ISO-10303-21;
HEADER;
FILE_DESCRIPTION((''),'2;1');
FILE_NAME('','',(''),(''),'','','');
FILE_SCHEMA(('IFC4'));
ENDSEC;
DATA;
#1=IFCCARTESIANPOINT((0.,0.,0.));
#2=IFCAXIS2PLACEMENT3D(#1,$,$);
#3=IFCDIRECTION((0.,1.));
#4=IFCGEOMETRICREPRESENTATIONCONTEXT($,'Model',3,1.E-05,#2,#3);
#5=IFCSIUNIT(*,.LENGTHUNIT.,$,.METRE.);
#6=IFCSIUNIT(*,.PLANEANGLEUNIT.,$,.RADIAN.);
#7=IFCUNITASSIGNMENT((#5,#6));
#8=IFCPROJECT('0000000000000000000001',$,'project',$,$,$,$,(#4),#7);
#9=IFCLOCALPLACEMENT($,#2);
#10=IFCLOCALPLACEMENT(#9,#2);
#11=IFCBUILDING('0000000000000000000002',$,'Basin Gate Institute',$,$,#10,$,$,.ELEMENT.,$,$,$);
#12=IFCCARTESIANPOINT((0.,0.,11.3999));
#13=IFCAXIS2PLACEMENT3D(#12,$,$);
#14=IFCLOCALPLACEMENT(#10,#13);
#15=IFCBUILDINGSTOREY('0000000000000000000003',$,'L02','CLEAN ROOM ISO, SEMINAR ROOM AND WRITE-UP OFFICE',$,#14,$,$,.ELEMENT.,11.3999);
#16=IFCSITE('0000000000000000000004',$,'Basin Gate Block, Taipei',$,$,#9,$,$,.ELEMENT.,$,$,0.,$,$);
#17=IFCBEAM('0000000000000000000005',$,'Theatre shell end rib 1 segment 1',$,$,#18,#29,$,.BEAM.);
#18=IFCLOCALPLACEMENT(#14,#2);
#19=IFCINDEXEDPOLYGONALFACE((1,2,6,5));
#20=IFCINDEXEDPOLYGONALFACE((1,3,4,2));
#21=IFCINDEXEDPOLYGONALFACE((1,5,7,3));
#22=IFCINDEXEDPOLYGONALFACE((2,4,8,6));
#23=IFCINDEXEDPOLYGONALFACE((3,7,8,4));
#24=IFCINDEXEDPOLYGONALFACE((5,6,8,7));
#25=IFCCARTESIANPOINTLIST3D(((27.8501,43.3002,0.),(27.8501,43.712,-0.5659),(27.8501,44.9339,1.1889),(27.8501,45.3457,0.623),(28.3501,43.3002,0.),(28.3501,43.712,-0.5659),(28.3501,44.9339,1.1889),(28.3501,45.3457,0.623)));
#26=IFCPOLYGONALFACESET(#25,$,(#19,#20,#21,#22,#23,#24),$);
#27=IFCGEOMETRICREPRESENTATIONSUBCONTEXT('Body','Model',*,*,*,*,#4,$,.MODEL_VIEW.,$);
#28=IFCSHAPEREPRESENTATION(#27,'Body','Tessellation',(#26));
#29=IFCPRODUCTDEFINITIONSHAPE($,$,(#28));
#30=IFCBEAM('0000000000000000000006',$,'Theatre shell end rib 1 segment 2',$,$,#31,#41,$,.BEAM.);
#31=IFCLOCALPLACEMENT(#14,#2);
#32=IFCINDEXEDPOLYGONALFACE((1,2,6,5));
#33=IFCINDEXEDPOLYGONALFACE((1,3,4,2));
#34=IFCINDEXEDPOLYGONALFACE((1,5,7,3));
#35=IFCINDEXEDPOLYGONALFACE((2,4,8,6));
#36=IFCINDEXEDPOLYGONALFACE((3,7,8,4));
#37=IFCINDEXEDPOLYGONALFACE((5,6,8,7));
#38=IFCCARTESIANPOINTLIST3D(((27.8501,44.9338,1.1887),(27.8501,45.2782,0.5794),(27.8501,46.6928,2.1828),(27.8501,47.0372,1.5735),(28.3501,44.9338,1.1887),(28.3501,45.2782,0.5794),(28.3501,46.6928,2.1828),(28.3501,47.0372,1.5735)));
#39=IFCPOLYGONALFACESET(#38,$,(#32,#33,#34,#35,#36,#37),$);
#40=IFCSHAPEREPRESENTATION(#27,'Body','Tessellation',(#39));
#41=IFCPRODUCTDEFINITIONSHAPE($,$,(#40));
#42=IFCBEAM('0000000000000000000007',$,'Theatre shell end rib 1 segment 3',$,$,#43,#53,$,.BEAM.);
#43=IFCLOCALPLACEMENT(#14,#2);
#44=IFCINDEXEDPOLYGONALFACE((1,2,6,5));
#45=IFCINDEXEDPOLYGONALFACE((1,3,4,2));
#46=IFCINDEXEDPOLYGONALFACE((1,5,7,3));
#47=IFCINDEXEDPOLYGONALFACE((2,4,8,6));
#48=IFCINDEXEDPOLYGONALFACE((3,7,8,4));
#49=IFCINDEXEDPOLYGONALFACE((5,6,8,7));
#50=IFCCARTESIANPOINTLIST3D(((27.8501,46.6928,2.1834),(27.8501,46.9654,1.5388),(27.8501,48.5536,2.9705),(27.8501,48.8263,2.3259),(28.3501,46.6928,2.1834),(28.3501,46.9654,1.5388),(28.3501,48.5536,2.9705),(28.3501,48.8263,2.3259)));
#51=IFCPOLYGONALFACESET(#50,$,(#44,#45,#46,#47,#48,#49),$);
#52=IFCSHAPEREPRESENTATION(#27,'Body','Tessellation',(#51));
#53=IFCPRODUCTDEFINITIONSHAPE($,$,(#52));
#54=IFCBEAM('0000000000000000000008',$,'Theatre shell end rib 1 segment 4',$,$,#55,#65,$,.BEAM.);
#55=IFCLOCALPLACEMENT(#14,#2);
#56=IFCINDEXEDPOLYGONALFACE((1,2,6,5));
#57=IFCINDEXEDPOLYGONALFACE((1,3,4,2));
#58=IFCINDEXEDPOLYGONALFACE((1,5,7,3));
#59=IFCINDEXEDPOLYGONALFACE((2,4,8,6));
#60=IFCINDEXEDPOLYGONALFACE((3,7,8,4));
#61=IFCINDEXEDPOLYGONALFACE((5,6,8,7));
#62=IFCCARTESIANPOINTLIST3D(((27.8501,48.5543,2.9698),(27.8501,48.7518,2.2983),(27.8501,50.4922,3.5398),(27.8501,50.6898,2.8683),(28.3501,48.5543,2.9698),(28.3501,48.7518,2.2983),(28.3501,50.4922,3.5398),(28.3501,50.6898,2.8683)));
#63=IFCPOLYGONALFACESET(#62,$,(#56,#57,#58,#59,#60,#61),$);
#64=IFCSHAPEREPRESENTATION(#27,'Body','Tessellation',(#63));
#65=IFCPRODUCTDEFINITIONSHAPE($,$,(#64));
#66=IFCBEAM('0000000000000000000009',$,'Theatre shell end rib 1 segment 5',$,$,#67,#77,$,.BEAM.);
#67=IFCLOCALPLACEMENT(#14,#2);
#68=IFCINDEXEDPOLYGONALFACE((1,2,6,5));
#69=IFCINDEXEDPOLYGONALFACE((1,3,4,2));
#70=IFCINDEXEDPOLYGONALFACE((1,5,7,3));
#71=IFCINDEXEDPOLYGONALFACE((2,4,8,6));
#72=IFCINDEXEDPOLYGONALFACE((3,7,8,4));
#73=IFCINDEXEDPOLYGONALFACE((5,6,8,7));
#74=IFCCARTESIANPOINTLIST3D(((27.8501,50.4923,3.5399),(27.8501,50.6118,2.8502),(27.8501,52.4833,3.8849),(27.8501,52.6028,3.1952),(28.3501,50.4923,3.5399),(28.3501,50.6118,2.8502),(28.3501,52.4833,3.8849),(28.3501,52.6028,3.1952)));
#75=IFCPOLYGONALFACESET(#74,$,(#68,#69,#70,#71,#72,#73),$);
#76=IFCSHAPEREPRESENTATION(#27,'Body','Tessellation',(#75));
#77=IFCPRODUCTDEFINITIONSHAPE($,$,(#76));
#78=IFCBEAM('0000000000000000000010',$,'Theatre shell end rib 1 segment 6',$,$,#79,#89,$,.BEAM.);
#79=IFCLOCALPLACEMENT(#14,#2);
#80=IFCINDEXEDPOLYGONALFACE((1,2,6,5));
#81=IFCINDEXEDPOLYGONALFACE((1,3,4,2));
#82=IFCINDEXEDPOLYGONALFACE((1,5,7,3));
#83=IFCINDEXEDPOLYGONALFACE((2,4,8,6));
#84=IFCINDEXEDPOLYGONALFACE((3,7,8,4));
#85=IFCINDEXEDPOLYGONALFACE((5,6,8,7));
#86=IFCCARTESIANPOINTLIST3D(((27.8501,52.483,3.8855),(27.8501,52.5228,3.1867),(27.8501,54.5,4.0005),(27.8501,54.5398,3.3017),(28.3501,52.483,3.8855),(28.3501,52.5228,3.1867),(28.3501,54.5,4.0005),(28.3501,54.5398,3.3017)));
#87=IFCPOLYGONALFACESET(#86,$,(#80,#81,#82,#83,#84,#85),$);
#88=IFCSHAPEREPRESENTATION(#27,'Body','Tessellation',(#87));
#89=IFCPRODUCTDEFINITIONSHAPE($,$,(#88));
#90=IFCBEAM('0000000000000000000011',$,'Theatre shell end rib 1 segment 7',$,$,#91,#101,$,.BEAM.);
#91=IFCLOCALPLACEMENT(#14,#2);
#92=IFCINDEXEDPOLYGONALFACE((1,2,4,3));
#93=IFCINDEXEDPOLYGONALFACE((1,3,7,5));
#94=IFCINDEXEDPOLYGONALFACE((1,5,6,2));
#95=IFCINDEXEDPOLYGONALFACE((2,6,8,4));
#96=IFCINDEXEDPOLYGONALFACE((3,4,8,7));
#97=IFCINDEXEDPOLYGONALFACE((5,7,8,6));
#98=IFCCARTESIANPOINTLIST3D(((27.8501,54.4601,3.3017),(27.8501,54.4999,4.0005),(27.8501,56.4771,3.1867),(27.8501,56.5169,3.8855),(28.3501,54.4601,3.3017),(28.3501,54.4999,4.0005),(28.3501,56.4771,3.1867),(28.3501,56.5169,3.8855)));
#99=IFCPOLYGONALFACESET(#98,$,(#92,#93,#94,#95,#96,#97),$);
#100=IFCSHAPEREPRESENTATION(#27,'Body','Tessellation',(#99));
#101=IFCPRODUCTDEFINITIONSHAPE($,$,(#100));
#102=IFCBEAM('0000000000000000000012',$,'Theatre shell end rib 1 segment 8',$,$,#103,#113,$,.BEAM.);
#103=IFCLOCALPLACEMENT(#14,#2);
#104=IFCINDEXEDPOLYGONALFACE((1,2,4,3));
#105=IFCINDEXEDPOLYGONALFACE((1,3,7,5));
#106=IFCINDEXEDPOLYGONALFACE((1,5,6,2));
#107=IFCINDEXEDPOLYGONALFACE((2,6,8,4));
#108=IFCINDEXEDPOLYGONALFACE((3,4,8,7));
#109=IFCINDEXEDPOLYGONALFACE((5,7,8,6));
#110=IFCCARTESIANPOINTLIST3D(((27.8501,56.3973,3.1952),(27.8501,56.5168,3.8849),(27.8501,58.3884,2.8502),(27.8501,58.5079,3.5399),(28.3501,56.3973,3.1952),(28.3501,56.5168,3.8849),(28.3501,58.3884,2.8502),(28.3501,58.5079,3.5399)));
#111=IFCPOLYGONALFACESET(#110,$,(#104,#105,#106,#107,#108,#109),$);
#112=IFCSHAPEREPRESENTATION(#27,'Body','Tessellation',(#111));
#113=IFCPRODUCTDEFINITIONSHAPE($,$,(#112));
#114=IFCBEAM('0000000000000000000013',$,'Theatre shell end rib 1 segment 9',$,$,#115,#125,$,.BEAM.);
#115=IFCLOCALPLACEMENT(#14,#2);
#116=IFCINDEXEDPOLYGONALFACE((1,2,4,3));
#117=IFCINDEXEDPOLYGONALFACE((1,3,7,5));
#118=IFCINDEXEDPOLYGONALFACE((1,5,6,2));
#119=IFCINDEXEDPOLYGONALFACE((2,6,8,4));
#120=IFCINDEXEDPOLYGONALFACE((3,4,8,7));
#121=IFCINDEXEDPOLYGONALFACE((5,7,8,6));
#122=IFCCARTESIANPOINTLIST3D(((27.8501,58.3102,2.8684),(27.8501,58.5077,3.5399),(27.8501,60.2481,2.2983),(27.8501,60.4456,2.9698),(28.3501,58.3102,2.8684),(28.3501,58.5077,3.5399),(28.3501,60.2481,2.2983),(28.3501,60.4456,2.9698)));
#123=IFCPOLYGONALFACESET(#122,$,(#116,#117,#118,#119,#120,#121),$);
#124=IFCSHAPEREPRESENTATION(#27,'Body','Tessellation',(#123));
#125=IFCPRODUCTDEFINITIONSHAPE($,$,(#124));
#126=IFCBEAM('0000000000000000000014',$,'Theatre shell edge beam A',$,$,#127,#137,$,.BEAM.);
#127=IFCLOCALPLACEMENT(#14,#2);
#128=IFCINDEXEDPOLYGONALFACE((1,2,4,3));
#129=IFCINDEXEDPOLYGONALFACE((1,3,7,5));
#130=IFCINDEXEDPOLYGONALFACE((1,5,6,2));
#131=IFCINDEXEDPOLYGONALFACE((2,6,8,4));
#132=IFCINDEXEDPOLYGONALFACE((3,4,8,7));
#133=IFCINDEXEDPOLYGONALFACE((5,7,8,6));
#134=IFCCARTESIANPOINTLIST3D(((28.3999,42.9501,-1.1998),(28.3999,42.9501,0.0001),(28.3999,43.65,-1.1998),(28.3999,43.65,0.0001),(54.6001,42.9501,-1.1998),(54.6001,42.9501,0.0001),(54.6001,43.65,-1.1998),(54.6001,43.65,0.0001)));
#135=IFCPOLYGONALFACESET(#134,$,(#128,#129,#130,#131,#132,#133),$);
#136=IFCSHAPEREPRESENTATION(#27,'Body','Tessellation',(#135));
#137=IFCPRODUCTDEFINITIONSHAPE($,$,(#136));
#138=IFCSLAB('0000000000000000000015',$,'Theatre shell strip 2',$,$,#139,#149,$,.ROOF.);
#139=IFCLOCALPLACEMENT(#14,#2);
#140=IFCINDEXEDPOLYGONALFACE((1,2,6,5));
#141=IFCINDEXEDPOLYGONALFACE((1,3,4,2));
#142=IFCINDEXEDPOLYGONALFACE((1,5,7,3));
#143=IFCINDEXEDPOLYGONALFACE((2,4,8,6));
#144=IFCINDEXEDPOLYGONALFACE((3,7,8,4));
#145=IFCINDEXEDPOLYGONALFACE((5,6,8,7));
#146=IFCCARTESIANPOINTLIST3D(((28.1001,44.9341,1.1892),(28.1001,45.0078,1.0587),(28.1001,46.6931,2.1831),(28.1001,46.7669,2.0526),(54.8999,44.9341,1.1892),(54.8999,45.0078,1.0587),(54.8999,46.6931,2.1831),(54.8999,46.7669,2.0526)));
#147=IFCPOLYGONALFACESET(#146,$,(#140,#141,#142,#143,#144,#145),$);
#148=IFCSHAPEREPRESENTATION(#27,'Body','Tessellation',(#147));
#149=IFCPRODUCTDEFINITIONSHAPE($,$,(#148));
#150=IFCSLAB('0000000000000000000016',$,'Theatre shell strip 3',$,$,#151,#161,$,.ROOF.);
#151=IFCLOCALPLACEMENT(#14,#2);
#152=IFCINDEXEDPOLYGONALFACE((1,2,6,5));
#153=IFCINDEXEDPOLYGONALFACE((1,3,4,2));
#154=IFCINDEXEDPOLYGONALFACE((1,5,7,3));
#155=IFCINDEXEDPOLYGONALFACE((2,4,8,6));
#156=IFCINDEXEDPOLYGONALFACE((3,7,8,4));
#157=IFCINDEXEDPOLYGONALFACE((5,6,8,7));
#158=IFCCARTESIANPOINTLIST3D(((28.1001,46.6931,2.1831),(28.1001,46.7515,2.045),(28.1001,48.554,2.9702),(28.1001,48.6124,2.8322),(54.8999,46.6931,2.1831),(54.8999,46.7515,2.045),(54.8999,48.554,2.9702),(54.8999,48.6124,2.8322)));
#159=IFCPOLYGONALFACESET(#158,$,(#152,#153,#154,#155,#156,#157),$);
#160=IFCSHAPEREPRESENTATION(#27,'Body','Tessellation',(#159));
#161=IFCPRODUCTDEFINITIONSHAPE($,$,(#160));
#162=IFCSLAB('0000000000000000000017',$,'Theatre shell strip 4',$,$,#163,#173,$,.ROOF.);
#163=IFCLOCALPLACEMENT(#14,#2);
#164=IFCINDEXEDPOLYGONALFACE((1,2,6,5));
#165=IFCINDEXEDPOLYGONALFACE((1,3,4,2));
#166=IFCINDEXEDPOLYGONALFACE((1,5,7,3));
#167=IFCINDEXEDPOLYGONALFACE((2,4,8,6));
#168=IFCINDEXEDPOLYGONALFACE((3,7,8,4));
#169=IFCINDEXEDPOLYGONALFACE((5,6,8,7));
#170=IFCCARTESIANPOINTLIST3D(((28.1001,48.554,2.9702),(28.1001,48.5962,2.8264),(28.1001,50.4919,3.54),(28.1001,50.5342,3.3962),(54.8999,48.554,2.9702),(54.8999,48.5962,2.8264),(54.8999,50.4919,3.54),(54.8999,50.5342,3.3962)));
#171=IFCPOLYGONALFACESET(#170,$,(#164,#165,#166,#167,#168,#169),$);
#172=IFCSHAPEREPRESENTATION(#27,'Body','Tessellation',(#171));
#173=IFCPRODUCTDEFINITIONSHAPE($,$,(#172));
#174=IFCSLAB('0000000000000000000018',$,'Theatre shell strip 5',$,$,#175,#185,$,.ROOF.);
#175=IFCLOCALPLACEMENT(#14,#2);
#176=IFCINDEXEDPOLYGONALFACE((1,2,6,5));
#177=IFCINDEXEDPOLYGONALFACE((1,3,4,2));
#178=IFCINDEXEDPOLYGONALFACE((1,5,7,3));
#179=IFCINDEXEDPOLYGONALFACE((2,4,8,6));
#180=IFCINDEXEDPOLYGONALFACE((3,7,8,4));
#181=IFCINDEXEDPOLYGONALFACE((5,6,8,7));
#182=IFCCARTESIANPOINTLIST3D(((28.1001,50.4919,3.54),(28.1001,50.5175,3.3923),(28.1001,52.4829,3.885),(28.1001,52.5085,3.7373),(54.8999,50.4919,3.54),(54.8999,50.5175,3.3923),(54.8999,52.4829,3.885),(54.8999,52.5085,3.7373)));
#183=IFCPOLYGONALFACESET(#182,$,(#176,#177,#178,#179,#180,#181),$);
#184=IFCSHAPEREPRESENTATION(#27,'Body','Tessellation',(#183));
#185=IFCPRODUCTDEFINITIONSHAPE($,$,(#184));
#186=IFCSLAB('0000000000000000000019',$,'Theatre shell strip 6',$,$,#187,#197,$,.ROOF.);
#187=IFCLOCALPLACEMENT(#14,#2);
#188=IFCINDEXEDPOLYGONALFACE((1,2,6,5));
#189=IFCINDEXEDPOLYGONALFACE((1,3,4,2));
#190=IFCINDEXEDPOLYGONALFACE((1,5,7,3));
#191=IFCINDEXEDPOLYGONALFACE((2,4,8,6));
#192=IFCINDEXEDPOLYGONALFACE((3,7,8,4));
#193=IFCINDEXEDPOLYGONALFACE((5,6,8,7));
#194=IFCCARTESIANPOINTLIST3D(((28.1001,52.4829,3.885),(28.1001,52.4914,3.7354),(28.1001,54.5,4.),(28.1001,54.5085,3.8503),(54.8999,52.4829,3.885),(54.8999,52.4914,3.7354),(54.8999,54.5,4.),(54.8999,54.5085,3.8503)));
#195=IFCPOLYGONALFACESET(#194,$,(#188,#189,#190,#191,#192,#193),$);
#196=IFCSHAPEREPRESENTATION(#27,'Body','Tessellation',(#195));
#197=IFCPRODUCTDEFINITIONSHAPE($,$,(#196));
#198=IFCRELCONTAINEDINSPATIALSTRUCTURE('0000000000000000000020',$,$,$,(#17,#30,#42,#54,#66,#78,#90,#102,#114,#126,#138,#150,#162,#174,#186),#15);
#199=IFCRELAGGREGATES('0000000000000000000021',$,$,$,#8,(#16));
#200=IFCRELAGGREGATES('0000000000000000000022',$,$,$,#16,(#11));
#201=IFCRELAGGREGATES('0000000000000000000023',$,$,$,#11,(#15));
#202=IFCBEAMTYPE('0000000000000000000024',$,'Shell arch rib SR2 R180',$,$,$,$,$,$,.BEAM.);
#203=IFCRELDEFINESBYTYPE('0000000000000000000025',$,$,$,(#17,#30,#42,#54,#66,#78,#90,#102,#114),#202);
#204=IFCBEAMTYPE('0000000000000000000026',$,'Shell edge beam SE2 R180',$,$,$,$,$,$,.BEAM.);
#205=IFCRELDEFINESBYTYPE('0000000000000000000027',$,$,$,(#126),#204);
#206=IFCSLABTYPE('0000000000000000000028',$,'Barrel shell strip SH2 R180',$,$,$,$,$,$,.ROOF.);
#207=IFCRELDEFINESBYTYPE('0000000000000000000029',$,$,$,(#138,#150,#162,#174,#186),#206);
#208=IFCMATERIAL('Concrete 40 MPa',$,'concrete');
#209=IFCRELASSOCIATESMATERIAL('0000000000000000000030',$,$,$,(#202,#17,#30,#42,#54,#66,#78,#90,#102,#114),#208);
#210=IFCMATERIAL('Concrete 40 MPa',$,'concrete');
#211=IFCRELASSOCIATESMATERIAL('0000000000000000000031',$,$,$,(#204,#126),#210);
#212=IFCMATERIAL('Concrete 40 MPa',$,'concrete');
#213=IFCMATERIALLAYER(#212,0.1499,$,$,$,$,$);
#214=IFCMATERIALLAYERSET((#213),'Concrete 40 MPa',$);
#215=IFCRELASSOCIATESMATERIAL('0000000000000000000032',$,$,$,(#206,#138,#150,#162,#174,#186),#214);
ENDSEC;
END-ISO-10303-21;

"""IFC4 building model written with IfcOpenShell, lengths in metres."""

from ifc_helpers import new_model, si_unit, direction, frame, origin, origin_2d, place, context, subcontext, project, spatial, polyline, rectangle, outline, extrude, material, layer, layer_set, material_profile, profile_set, type_object, element, save


model = new_model("IFC4")

# Units and contexts
model_context = context("Model", 3, precision=1e-05, world=origin(), true_north=direction((0.0, 1.0)))
body_context = subcontext(model_context, "Body", "Model", "MODEL_VIEW")
ifc_project = project(units=[si_unit("LENGTHUNIT", "METRE"), si_unit("PLANEANGLEUNIT", "RADIAN")], contexts=[model_context])

# Site, building, storey
site_placement = place(None, origin())
site = spatial("IfcSite", under=ifc_project, at=site_placement, Name="Basin Gate Block, Taipei", CompositionType="ELEMENT", RefElevation=0.0)
building_placement = place(site_placement, origin())
building = spatial("IfcBuilding", under=site, at=building_placement, Name="Basin Gate Institute", CompositionType="ELEMENT")
storey_placement = place(building_placement, frame((0.0, 0.0, 11.3999)))
storey = spatial("IfcBuildingStorey", under=building, at=storey_placement, Name="L02", Description="CLEAN ROOM ISO, SEMINAR ROOM AND WRITE-UP OFFICE", CompositionType="ELEMENT", Elevation=11.3999)

# Beams
ifc_material_1 = material(Name="Concrete 40 MPa", Category="concrete")
ifc_material_profile_1 = material_profile(ifc_material_1, rectangle(XDim=0.5, YDim=0.7, at=origin_2d()), Name="Shell arch rib SR2 500 x 700")
ifc_profile_set_1 = profile_set([ifc_material_profile_1], Name="Concrete 40 MPa")
beam_type_1 = type_object("IfcBeamType", Name="Shell arch rib SR2 R180", PredefinedType="BEAM", material=ifc_profile_set_1)
for number, where, z_axis, x_axis, name in (
    (1, (28.1001, 43.5061, -0.283), (0.0, 0.808558, 0.588416), (-1.0, 0.0, 0.0), "Theatre shell end rib 1 segment 1"),
    (2, (28.1001, 45.106, 0.884), (0.0, 0.870583, 0.492021), (-1.0, 0.0, 0.0), "Theatre shell end rib 1 segment 2"),
    (3, (28.1001, 46.8291, 1.8611), (0.0, 0.920997, 0.389569), (-1.0, 0.0, 0.0), "Theatre shell end rib 1 segment 3"),
):
    element("IfcBeam", number, at=place(storey_placement, frame(where, z_axis=z_axis, x_axis=x_axis)), inside=storey, type_object=beam_type_1, material=ifc_profile_set_1, Name=name, PredefinedType="BEAM", context=body_context, shape_type="SweptSolid", body=[
        extrude(rectangle(XDim=0.5, YDim=0.7, at=origin_2d()), origin(), (0.0, 0.0, 1.0), 2.0205),
    ])
beam_1_placement = place(storey_placement, frame((28.1001, 48.6531, 2.634), z_axis=(0.0, 0.959356, 0.282199), x_axis=(-1.0, 0.0, 0.0)))
element("IfcBeam", 4, at=beam_1_placement, inside=storey, type_object=beam_type_1, material=ifc_profile_set_1, Name="Theatre shell end rib 1 segment 4", PredefinedType="BEAM", context=body_context, shape_type="SweptSolid", body=[
    extrude(rectangle(XDim=0.5, YDim=0.7, at=origin_2d()), origin(), (0.0, 0.0, 1.0), 2.02),
])
beam_2_placement = place(storey_placement, frame((28.1001, 50.552, 3.1951), z_axis=(0.0, 0.985319, 0.170724), x_axis=(-1.0, 0.0, 0.0)))
element("IfcBeam", 5, at=beam_2_placement, inside=storey, type_object=beam_type_1, material=ifc_profile_set_1, Name="Theatre shell end rib 1 segment 5", PredefinedType="BEAM", context=body_context, shape_type="SweptSolid", body=[
    extrude(rectangle(XDim=0.5, YDim=0.7, at=origin_2d()), origin(), (0.0, 0.0, 1.0), 2.0208),
])
for number, where, z_axis, x_axis, name in (
    (6, (28.1001, 52.5029, 3.5361), (0.0, 0.998379, 0.056916), (-1.0, 0.0, 0.0), "Theatre shell end rib 1 segment 6"),
    (7, (28.1001, 54.48, 3.6511), (0.0, 0.998379, -0.056916), (-1.0, 0.0, 0.0), "Theatre shell end rib 1 segment 7"),
):
    element("IfcBeam", number, at=place(storey_placement, frame(where, z_axis=z_axis, x_axis=x_axis)), inside=storey, type_object=beam_type_1, material=ifc_profile_set_1, Name=name, PredefinedType="BEAM", context=body_context, shape_type="SweptSolid", body=[
        extrude(rectangle(XDim=0.5, YDim=0.7, at=origin_2d()), origin(), (0.0, 0.0, 1.0), 2.0203),
    ])
beam_3_placement = place(storey_placement, frame((28.1001, 56.457, 3.54), z_axis=(0.0, 0.985319, -0.170724), x_axis=(-1.0, 0.0, 0.0)))
element("IfcBeam", 8, at=beam_3_placement, inside=storey, type_object=beam_type_1, material=ifc_profile_set_1, Name="Theatre shell end rib 1 segment 8", PredefinedType="BEAM", context=body_context, shape_type="SweptSolid", body=[
    extrude(rectangle(XDim=0.5, YDim=0.7, at=origin_2d()), origin(), (0.0, 0.0, 1.0), 2.0208),
])
beam_4_placement = place(storey_placement, frame((28.1001, 58.4089, 3.2041), z_axis=(0.0, 0.959356, -0.282199), x_axis=(-1.0, 0.0, 0.0)))
element("IfcBeam", 9, at=beam_4_placement, inside=storey, type_object=beam_type_1, material=ifc_profile_set_1, Name="Theatre shell end rib 1 segment 9", PredefinedType="BEAM", context=body_context, shape_type="SweptSolid", body=[
    extrude(rectangle(XDim=0.5, YDim=0.7, at=origin_2d()), origin(), (0.0, 0.0, 1.0), 2.02),
])
ifc_material_2 = material(Name="Concrete 40 MPa", Category="concrete")
ifc_material_profile_2 = material_profile(ifc_material_2, rectangle(XDim=0.7, YDim=1.2, at=origin_2d()), Name="Shell edge beam SE2 700 x 1200")
ifc_profile_set_2 = profile_set([ifc_material_profile_2], Name="Concrete 40 MPa")
beam_type_2 = type_object("IfcBeamType", Name="Shell edge beam SE2 R180", PredefinedType="BEAM", material=ifc_profile_set_2)
beam_5_placement = place(storey_placement, frame((28.3999, 43.3, -0.5999), z_axis=(1.0, 0.0, 0.0), x_axis=(0.0, 1.0, 0.0)))
element("IfcBeam", 10, at=beam_5_placement, inside=storey, type_object=beam_type_2, material=ifc_profile_set_2, Name="Theatre shell edge beam A", PredefinedType="BEAM", context=body_context, shape_type="SweptSolid", body=[
    extrude(rectangle(XDim=0.7, YDim=1.2, at=origin_2d()), origin(), (0.0, 0.0, 1.0), 26.2002),
])

# Slabs
ifc_material_3 = material(Name="Concrete 40 MPa", Category="concrete")
ifc_layer_1 = layer(ifc_material_3, 0.1499)
ifc_layer_set_1 = layer_set([ifc_layer_1], Name="Concrete 40 MPa")
slab_type = type_object("IfcSlabType", Name="Barrel shell strip SH2 R180", PredefinedType="ROOF", material=ifc_layer_set_1)
slab_1_placement = place(storey_placement, frame((28.1001, 44.9341, 1.1892), z_axis=(0.0, -0.49193, 0.870635), x_axis=(0.0, 0.870635, 0.49193)))
element("IfcSlab", 11, at=slab_1_placement, inside=storey, type_object=slab_type, material=ifc_layer_set_1, Name="Theatre shell strip 2", PredefinedType="ROOF", context=body_context, shape_type="SweptSolid", body=[
    extrude(outline(polyline([(0.0, 0.0), (2.0204, 0.0), (2.0204, -26.7998), (0.0, -26.7998), (0.0, 0.0)])), origin(), (0.0, 0.0, -1.0), 0.1499),
])
slab_2_placement = place(storey_placement, frame((28.1001, 46.6931, 2.1831), z_axis=(0.0, -0.389569, 0.920997), x_axis=(0.0, 0.920997, 0.389569)))
element("IfcSlab", 12, at=slab_2_placement, inside=storey, type_object=slab_type, material=ifc_layer_set_1, Name="Theatre shell strip 3", PredefinedType="ROOF", context=body_context, shape_type="SweptSolid", body=[
    extrude(outline(polyline([(0.0, 0.0), (2.0205, 0.0), (2.0205, -26.7998), (0.0, -26.7998), (0.0, 0.0)])), origin(), (0.0, 0.0, -1.0), 0.1499),
])
slab_3_placement = place(storey_placement, frame((28.1001, 48.554, 2.9702), z_axis=(0.0, -0.282088, 0.959389), x_axis=(0.0, 0.959389, 0.282088)))
element("IfcSlab", 13, at=slab_3_placement, inside=storey, type_object=slab_type, material=ifc_layer_set_1, Name="Theatre shell strip 4", PredefinedType="ROOF", context=body_context, shape_type="SweptSolid", body=[
    extrude(outline(polyline([(0.0, 0.0), (2.02, 0.0), (2.02, -26.7998), (0.0, -26.7998), (0.0, 0.0)])), origin(), (0.0, 0.0, -1.0), 0.1499),
])
slab_4_placement = place(storey_placement, frame((28.1001, 50.4919, 3.54), z_axis=(0.0, -0.170724, 0.985319), x_axis=(0.0, 0.985319, 0.170724)))
element("IfcSlab", 14, at=slab_4_placement, inside=storey, type_object=slab_type, material=ifc_layer_set_1, Name="Theatre shell strip 5", PredefinedType="ROOF", context=body_context, shape_type="SweptSolid", body=[
    extrude(outline(polyline([(0.0, 0.0), (2.0206, 0.0), (2.0206, -26.7998), (0.0, -26.7998), (0.0, 0.0)])), origin(), (0.0, 0.0, -1.0), 0.1499),
])
for number, where, z_axis, x_axis, name in (
    (15, (28.1001, 52.4829, 3.885), (0.0, -0.056916, 0.998379), (0.0, 0.998379, 0.056916), "Theatre shell strip 6"),
):
    element("IfcSlab", number, at=place(storey_placement, frame(where, z_axis=z_axis, x_axis=x_axis)), inside=storey, type_object=slab_type, material=ifc_layer_set_1, Name=name, PredefinedType="ROOF", context=body_context, shape_type="SweptSolid", body=[
        extrude(outline(polyline([(0.0, 0.0), (2.0204, 0.0), (2.0204, -26.7998), (0.0, -26.7998), (0.0, 0.0)])), origin(), (0.0, 0.0, -1.0), 0.1499),
    ])

save(model, "model.ifc")
